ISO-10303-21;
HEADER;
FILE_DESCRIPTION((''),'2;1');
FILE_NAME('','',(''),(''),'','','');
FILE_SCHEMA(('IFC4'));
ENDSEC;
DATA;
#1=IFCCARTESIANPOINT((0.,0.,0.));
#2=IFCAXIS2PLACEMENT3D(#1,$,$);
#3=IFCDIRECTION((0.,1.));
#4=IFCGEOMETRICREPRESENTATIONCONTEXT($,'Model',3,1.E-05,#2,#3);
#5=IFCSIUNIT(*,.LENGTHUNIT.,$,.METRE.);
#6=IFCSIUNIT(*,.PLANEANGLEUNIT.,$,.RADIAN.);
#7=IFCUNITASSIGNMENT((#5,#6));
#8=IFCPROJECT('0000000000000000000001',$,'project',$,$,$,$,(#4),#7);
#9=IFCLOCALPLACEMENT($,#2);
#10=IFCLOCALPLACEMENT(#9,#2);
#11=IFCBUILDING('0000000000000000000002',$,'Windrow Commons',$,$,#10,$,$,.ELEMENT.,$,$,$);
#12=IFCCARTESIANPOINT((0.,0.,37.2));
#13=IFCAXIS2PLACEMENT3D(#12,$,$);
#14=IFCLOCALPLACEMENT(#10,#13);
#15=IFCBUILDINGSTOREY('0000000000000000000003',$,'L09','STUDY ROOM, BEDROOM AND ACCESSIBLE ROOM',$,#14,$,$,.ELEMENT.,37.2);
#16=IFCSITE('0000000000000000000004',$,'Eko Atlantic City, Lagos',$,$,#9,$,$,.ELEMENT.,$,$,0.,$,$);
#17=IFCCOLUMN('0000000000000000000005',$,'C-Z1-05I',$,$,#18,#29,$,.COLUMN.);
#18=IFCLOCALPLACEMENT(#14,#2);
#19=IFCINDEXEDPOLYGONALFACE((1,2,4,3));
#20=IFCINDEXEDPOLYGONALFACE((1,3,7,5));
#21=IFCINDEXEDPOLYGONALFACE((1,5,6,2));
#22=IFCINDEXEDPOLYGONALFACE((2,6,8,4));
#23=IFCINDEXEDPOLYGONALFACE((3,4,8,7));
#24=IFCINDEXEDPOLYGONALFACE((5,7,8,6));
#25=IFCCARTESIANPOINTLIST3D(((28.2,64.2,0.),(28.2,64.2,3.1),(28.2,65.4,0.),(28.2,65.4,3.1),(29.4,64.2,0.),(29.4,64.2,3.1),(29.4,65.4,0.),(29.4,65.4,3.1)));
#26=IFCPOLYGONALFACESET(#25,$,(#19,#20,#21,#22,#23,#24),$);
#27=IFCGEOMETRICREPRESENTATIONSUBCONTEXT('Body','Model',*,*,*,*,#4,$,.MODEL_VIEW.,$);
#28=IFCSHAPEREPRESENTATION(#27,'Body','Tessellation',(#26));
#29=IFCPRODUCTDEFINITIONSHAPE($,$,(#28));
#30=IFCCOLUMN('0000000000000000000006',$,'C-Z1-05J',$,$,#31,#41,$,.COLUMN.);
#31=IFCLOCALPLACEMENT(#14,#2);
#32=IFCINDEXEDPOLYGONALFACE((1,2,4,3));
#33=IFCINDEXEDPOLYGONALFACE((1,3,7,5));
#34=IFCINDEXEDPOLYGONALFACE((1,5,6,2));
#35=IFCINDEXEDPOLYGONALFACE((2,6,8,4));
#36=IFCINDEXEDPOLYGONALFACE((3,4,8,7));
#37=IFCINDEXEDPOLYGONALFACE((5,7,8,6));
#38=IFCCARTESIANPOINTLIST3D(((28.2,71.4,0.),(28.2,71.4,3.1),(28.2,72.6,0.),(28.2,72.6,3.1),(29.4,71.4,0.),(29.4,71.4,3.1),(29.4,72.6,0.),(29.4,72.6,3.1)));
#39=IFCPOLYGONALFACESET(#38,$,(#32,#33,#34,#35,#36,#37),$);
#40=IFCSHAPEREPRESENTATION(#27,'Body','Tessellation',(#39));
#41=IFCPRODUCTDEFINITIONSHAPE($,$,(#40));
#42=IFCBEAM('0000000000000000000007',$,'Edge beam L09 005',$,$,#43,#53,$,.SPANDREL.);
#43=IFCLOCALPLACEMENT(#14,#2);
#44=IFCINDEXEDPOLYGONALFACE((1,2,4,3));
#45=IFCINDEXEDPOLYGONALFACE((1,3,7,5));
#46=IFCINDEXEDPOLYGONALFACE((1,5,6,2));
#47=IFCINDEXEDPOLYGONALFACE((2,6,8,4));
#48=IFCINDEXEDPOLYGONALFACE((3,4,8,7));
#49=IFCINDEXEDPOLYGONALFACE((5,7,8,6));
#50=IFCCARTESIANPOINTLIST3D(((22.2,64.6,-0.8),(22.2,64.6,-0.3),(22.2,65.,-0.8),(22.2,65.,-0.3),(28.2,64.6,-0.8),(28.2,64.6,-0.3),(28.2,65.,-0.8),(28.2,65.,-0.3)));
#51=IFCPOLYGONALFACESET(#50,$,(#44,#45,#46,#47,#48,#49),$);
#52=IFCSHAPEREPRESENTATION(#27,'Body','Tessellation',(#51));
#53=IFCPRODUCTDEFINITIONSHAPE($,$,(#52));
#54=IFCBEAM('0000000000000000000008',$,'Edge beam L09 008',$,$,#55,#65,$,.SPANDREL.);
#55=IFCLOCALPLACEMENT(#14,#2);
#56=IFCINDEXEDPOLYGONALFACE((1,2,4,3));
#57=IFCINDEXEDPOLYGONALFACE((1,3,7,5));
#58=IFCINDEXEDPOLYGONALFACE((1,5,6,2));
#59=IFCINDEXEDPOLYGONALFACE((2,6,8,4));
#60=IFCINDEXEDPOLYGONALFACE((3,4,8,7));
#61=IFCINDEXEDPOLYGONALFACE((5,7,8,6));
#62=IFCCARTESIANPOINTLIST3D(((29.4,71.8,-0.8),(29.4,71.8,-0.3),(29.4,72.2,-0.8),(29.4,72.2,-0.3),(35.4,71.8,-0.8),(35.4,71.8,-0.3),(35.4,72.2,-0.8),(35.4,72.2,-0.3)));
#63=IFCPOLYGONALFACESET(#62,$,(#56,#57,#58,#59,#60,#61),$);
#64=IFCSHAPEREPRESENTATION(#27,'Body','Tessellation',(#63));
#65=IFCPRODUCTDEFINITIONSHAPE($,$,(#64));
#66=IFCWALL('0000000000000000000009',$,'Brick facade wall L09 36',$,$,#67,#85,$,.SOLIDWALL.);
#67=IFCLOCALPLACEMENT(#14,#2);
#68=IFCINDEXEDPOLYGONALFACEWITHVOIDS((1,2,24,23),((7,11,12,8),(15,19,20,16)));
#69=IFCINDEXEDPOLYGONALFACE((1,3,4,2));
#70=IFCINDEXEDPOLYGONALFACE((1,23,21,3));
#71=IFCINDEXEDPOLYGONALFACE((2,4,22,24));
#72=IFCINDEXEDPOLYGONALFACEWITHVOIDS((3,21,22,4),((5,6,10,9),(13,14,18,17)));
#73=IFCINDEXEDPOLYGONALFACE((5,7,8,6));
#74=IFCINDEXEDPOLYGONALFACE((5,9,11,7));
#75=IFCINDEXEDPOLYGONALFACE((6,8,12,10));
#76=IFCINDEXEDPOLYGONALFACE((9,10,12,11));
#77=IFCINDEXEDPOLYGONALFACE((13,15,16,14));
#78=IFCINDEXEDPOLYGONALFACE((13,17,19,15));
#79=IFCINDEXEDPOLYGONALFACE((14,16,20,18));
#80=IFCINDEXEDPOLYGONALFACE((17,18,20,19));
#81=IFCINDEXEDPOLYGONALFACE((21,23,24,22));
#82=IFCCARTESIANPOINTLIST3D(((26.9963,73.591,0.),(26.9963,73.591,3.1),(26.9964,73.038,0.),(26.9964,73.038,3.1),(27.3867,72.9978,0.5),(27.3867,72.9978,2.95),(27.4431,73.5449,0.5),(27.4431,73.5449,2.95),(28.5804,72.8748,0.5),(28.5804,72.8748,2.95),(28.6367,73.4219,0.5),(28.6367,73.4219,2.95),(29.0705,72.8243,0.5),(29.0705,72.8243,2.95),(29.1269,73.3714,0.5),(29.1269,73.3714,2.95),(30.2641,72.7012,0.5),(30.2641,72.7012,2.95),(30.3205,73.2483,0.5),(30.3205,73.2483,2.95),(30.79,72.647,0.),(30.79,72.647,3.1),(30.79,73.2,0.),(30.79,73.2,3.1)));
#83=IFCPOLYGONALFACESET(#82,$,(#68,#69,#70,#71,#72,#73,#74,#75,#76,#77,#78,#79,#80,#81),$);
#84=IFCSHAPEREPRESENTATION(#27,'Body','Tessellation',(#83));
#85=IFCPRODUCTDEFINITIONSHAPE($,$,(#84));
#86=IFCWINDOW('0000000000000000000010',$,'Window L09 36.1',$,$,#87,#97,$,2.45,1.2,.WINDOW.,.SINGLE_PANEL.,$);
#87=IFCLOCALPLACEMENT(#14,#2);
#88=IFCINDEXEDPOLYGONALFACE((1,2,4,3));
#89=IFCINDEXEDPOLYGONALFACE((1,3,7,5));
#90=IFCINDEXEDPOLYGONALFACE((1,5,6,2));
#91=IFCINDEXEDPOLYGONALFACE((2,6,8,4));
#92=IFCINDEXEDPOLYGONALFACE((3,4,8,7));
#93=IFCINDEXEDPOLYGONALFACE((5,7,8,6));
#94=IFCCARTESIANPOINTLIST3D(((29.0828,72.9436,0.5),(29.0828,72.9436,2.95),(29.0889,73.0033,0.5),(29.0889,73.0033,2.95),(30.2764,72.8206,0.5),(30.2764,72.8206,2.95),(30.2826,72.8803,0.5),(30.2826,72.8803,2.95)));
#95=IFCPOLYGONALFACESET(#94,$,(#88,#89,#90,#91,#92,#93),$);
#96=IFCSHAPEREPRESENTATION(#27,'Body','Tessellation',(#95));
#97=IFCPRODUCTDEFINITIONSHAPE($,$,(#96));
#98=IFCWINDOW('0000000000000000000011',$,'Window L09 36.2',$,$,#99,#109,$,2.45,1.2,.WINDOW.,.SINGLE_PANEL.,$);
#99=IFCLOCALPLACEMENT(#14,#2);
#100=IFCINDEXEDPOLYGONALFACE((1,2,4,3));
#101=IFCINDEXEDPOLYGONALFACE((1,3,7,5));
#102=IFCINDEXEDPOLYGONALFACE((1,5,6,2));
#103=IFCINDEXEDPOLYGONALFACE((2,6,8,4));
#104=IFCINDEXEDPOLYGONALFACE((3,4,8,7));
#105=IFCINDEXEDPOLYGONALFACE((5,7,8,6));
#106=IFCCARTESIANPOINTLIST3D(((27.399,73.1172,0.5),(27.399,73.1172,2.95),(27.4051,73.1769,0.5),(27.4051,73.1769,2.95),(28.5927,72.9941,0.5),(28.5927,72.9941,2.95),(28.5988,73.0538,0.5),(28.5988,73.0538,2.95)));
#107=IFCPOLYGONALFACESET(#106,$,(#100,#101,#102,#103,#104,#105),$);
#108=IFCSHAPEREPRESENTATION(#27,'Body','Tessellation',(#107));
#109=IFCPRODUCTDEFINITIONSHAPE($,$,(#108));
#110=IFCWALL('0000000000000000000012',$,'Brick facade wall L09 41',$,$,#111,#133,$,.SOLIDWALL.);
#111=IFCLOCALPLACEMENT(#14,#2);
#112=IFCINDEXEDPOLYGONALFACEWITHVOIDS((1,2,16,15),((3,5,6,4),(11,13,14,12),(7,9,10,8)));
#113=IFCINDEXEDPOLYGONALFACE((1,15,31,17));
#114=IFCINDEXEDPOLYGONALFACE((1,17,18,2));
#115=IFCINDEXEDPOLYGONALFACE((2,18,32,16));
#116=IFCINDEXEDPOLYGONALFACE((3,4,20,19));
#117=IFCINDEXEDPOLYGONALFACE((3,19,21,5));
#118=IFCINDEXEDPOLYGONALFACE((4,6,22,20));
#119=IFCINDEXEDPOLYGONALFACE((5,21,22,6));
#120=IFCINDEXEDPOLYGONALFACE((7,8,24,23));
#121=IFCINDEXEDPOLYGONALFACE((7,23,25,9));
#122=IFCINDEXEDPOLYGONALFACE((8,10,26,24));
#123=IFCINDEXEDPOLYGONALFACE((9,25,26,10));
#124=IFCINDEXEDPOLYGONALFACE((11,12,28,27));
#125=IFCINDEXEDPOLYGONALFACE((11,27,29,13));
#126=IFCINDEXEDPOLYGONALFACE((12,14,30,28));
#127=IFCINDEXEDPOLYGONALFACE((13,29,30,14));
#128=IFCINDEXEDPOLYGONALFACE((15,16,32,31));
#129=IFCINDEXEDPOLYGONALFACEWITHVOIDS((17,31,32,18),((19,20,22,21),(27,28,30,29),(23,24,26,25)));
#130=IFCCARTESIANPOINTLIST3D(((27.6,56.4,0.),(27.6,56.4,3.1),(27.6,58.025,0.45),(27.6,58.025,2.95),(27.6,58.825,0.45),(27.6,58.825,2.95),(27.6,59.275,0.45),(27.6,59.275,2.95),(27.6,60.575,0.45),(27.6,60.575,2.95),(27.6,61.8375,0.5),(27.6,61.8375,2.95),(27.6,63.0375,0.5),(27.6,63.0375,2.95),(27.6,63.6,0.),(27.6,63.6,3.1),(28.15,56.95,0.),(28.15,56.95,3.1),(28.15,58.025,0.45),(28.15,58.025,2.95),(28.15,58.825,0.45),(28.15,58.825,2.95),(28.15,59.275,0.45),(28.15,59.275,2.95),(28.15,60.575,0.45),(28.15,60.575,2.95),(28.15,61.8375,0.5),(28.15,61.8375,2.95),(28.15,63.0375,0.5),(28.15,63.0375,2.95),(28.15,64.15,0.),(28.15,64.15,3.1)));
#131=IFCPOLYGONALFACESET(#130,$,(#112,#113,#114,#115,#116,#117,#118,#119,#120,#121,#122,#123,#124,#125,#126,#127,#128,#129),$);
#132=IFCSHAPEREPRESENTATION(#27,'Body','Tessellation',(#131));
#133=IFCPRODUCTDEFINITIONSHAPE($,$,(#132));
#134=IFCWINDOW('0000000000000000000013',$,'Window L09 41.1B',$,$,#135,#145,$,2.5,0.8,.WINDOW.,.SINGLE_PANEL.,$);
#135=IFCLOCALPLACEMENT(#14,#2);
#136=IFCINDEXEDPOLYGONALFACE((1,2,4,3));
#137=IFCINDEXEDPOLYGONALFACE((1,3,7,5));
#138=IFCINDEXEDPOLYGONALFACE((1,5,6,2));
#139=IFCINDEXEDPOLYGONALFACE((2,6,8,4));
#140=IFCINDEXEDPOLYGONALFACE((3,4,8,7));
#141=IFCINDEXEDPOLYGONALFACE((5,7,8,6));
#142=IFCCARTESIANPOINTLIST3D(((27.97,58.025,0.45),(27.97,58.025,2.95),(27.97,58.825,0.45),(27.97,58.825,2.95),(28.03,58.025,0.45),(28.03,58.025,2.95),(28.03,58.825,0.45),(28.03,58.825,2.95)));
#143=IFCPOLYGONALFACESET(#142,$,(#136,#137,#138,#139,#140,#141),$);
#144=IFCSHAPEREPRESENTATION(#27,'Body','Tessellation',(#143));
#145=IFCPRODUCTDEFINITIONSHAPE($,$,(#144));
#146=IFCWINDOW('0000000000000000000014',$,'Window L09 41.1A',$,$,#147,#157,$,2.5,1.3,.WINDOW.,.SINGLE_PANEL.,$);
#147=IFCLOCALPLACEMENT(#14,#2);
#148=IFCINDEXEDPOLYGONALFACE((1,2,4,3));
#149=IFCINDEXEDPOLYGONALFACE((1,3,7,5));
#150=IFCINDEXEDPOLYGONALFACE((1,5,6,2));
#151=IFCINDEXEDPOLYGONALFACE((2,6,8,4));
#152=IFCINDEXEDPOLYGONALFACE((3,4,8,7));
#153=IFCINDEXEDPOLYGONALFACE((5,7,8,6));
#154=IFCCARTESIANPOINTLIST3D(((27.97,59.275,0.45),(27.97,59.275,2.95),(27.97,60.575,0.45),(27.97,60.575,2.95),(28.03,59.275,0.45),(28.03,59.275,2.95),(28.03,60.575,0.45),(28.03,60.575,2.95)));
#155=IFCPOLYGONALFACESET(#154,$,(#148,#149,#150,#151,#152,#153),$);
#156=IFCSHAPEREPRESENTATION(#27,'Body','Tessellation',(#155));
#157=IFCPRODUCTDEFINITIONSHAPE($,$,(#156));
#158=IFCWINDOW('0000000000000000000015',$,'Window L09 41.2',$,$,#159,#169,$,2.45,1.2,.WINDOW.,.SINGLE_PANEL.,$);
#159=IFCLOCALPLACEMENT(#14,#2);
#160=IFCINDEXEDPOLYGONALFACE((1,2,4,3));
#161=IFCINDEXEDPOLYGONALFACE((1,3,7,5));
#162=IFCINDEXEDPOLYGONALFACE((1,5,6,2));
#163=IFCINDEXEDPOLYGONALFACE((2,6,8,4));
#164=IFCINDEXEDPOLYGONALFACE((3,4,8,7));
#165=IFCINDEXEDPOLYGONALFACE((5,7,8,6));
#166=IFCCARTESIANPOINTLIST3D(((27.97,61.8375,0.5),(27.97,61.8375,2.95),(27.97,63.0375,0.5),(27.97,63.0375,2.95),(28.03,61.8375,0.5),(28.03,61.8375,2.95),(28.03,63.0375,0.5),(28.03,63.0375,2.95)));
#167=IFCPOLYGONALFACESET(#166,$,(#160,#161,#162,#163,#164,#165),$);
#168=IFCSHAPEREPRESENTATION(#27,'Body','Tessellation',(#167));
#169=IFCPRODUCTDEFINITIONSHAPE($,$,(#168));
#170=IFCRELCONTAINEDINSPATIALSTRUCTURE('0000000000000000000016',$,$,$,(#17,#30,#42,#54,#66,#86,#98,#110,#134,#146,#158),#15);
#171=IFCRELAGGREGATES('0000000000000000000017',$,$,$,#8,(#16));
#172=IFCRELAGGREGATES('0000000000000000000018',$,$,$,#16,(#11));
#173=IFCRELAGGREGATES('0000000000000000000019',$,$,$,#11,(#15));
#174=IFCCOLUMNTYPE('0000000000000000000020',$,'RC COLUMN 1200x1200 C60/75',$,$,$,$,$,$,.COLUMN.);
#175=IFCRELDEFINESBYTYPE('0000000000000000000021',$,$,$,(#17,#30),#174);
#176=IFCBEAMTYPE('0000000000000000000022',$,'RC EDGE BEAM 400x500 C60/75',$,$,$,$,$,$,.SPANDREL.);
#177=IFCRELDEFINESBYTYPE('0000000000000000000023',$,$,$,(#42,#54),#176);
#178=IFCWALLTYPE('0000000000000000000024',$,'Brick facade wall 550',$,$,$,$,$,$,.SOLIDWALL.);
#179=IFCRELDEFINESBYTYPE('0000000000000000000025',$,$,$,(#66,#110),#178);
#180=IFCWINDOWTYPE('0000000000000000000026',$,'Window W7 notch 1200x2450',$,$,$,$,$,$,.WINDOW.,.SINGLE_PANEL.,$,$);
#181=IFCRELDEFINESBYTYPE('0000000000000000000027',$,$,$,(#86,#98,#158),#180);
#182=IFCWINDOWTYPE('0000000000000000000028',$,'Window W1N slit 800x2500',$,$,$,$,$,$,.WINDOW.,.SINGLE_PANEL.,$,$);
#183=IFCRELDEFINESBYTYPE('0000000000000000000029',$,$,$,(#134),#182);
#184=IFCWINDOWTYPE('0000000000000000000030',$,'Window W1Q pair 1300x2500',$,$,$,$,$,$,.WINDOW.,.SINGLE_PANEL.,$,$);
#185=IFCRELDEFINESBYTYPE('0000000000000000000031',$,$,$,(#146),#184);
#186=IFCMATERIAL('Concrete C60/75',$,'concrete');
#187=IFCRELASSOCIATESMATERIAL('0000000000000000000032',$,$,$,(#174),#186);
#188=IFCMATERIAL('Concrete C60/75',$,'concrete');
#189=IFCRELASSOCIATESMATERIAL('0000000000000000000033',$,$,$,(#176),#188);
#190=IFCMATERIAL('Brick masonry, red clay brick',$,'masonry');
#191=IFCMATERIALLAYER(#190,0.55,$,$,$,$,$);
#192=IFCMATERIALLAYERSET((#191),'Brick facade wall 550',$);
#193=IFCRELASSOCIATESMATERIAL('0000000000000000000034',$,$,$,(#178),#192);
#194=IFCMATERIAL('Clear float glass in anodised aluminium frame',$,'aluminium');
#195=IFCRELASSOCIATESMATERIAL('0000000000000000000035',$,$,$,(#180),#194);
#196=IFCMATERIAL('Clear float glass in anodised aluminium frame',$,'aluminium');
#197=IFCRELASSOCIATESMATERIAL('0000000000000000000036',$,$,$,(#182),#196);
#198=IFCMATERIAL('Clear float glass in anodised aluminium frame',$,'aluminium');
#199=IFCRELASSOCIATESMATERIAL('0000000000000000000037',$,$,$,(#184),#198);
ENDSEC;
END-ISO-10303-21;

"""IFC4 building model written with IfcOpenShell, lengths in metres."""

from ifc_helpers import new_model, si_unit, direction, frame, frame_2d, origin, origin_2d, place, context, subcontext, project, spatial, polyline, rectangle, outline, extrude, material, layer, layer_set, material_profile, profile_set, type_object, element, fill, save


model = new_model("IFC4")

# Units and contexts
model_context = context("Model", 3, precision=1e-05, world=origin(), true_north=direction((0.0, 1.0)))
body_context = subcontext(model_context, "Body", "Model", "MODEL_VIEW")
ifc_project = project(units=[si_unit("LENGTHUNIT", "METRE"), si_unit("PLANEANGLEUNIT", "RADIAN")], contexts=[model_context])

# Site, building, storey
site_placement = place(None, origin())
site = spatial("IfcSite", under=ifc_project, at=site_placement, Name="Eko Atlantic City, Lagos", CompositionType="ELEMENT", RefElevation=0.0)
building_placement = place(site_placement, origin())
building = spatial("IfcBuilding", under=site, at=building_placement, Name="Windrow Commons", CompositionType="ELEMENT")
storey_placement = place(building_placement, frame((0.0, 0.0, 37.2)))
storey = spatial("IfcBuildingStorey", under=building, at=storey_placement, Name="L09", Description="STUDY ROOM, BEDROOM AND ACCESSIBLE ROOM", CompositionType="ELEMENT", Elevation=37.2)

# Columns
ifc_material_1 = material(Name="Concrete C60/75", Category="concrete")
ifc_material_profile_1 = material_profile(ifc_material_1, rectangle(XDim=1.2, YDim=1.2, at=origin_2d()))
ifc_profile_set_1 = profile_set([ifc_material_profile_1], Name="Concrete C60/75")
column_type = type_object("IfcColumnType", Name="RC COLUMN 1200x1200 C60/75", PredefinedType="COLUMN", material=ifc_profile_set_1)
for number, where, z_axis, x_axis, name in (
    (1, (28.8, 64.8, 0.0), (0.0, 0.0, 1.0), (1.0, 0.0, 0.0), "C-Z1-05I"),
    (2, (28.8, 72.0, 0.0), (0.0, 0.0, 1.0), (1.0, 0.0, 0.0), "C-Z1-05J"),
):
    element("IfcColumn", number, at=place(storey_placement, frame(where, z_axis=z_axis, x_axis=x_axis)), inside=storey, type_object=column_type, Name=name, PredefinedType="COLUMN", context=body_context, shape_type="SweptSolid", body=[
        extrude(rectangle(XDim=1.2, YDim=1.2, at=origin_2d()), origin(), (0.0, 0.0, 1.0), 3.1),
    ])

# Beams
ifc_material_2 = material(Name="Concrete C60/75", Category="concrete")
ifc_material_profile_2 = material_profile(ifc_material_2, rectangle(XDim=0.4, YDim=0.5, at=origin_2d()))
ifc_profile_set_2 = profile_set([ifc_material_profile_2], Name="Concrete C60/75")
beam_type = type_object("IfcBeamType", Name="RC EDGE BEAM 400x500 C60/75", PredefinedType="SPANDREL", material=ifc_profile_set_2)
for number, where, z_axis, x_axis, name in (
    (3, (28.2, 64.8, -0.55), (-1.0, 0.0, 0.0), (0.0, -1.0, 0.0), "Edge beam L09 005"),
    (4, (29.4, 72.0, -0.55), (1.0, 0.0, 0.0), (0.0, 1.0, 0.0), "Edge beam L09 008"),
):
    element("IfcBeam", number, at=place(storey_placement, frame(where, z_axis=z_axis, x_axis=x_axis)), inside=storey, type_object=beam_type, Name=name, PredefinedType="SPANDREL", context=body_context, shape_type="SweptSolid", body=[
        extrude(rectangle(XDim=0.4, YDim=0.5, at=origin_2d()), origin(), (0.0, 0.0, 1.0), 6.0),
    ])

# Walls, openings, windows
ifc_material_3 = material(Name="Brick masonry, red clay brick", Category="masonry")
ifc_layer_1 = layer(ifc_material_3, 0.55)
ifc_layer_set_1 = layer_set([ifc_layer_1], Name="Brick facade wall 550")
wall_type_1 = type_object("IfcWallType", Name="Brick facade wall 550", PredefinedType="SOLIDWALL", material=ifc_layer_set_1)
wall_1_placement = place(storey_placement, frame((30.79, 72.9235, 0.0), z_axis=(0.0, 0.0, 1.0), x_axis=(-0.994731, 0.102523, 0.0)))
wall_1 = element("IfcWall", 5, at=wall_1_placement, inside=storey, type_object=wall_type_1, Name="Brick facade wall L09 36", PredefinedType="SOLIDWALL", context=body_context, shape_type="SweptSolid", body=[
    extrude(outline(polyline([(0.0283, -0.275), (3.8421, -0.275), (3.7854, 0.275), (-0.0283, 0.275), (0.0283, -0.275)])), origin(), (0.0, 0.0, 1.0), 3.1),
])
opening_1_placement = place(wall_1_placement, frame((0.5003, 0.0, 0.5)))
opening_1 = element("IfcOpeningElement", 6, at=opening_1_placement, cuts=wall_1, PredefinedType="OPENING", context=body_context, shape_type="SweptSolid", body=[
    extrude(rectangle(XDim=1.2, YDim=2.45, at=frame_2d((0.6, 1.225))), frame((0.0, 0.285, 0.0), z_axis=(0.0, -1.0, 0.0), x_axis=(1.0, 0.0, 0.0)), (0.0, 0.0, 1.0), 0.57),
])
opening_2_placement = place(wall_1_placement, frame((2.193, 0.0, 0.5)))
opening_2 = element("IfcOpeningElement", 7, at=opening_2_placement, cuts=wall_1, PredefinedType="OPENING", context=body_context, shape_type="SweptSolid", body=[
    extrude(rectangle(XDim=1.2, YDim=2.45, at=frame_2d((0.6, 1.225))), frame((0.0, 0.285, 0.0), z_axis=(0.0, -1.0, 0.0), x_axis=(1.0, 0.0, 0.0)), (0.0, 0.0, 1.0), 0.57),
])
ifc_material_4 = material(Name="Clear float glass in anodised aluminium frame", Category="aluminium")
window_type_1 = type_object("IfcWindowType", Name="Window W7 notch 1200x2450", PartitioningType="SINGLE_PANEL", PredefinedType="WINDOW", material=ifc_material_4)
window_1_placement = place(opening_1_placement, origin())
window_1 = element("IfcWindow", 8, at=window_1_placement, inside=storey, type_object=window_type_1, Name="Window L09 36.1", OverallHeight=2.45, OverallWidth=1.2, PartitioningType="SINGLE_PANEL", PredefinedType="WINDOW", context=body_context, shape_type="SweptSolid", body=[
    extrude(rectangle(XDim=1.2, YDim=2.45, at=frame_2d((0.6, 1.225))), frame((0.0, 0.155, 0.0), z_axis=(0.0, -1.0, 0.0), x_axis=(1.0, 0.0, 0.0)), (0.0, 0.0, 1.0), 0.06),
])
fill(opening_1, window_1)
window_2_placement = place(opening_2_placement, origin())
window_2 = element("IfcWindow", 9, at=window_2_placement, inside=storey, type_object=window_type_1, Name="Window L09 36.2", OverallHeight=2.45, OverallWidth=1.2, PartitioningType="SINGLE_PANEL", PredefinedType="WINDOW", context=body_context, shape_type="SweptSolid", body=[
    extrude(rectangle(XDim=1.2, YDim=2.45, at=frame_2d((0.6, 1.225))), frame((0.0, 0.155, 0.0), z_axis=(0.0, -1.0, 0.0), x_axis=(1.0, 0.0, 0.0)), (0.0, 0.0, 1.0), 0.06),
])
fill(opening_2, window_2)
wall_2_placement = place(storey_placement, frame((27.875, 63.875, 0.0), z_axis=(0.0, 0.0, 1.0), x_axis=(0.0, -1.0, 0.0)))
wall_2 = element("IfcWall", 10, at=wall_2_placement, inside=storey, type_object=wall_type_1, Name="Brick facade wall L09 41", PredefinedType="SOLIDWALL", context=body_context, shape_type="SweptSolid", body=[
    extrude(outline(polyline([(0.275, -0.275), (7.475, -0.275), (6.925, 0.275), (-0.275, 0.275), (0.275, -0.275)])), origin(), (0.0, 0.0, 1.0), 3.1),
])
opening_3_placement = place(wall_2_placement, frame((0.8375, 0.0, 0.5)))
opening_3 = element("IfcOpeningElement", 11, at=opening_3_placement, cuts=wall_2, PredefinedType="OPENING", context=body_context, shape_type="SweptSolid", body=[
    extrude(rectangle(XDim=1.2, YDim=2.45, at=frame_2d((0.6, 1.225))), frame((0.0, 0.285, 0.0), z_axis=(0.0, -1.0, 0.0), x_axis=(1.0, 0.0, 0.0)), (0.0, 0.0, 1.0), 0.57),
])
opening_4_placement = place(wall_2_placement, frame((3.3, 0.0, 0.45)))
opening_4 = element("IfcOpeningElement", 12, at=opening_4_placement, cuts=wall_2, PredefinedType="OPENING", context=body_context, shape_type="SweptSolid", body=[
    extrude(rectangle(XDim=1.3, YDim=2.5, at=frame_2d((0.65, 1.25))), frame((0.0, 0.285, 0.0), z_axis=(0.0, -1.0, 0.0), x_axis=(1.0, 0.0, 0.0)), (0.0, 0.0, 1.0), 0.57),
])
opening_5_placement = place(wall_2_placement, frame((5.05, 0.0, 0.45)))
opening_5 = element("IfcOpeningElement", 13, at=opening_5_placement, cuts=wall_2, PredefinedType="OPENING", context=body_context, shape_type="SweptSolid", body=[
    extrude(rectangle(XDim=0.8, YDim=2.5, at=frame_2d((0.4, 1.25))), frame((0.0, 0.285, 0.0), z_axis=(0.0, -1.0, 0.0), x_axis=(1.0, 0.0, 0.0)), (0.0, 0.0, 1.0), 0.57),
])
ifc_material_5 = material(Name="Clear float glass in anodised aluminium frame", Category="aluminium")
window_type_2 = type_object("IfcWindowType", Name="Window W1N slit 800x2500", PartitioningType="SINGLE_PANEL", PredefinedType="WINDOW", material=ifc_material_5)
window_3_placement = place(opening_5_placement, origin())
window_3 = element("IfcWindow", 14, at=window_3_placement, inside=storey, type_object=window_type_2, Name="Window L09 41.1B", OverallHeight=2.5, OverallWidth=0.8, PartitioningType="SINGLE_PANEL", PredefinedType="WINDOW", context=body_context, shape_type="SweptSolid", body=[
    extrude(rectangle(XDim=0.8, YDim=2.5, at=frame_2d((0.4, 1.25))), frame((0.0, 0.155, 0.0), z_axis=(0.0, -1.0, 0.0), x_axis=(1.0, 0.0, 0.0)), (0.0, 0.0, 1.0), 0.06),
])
fill(opening_5, window_3)
ifc_material_6 = material(Name="Clear float glass in anodised aluminium frame", Category="aluminium")
window_type_3 = type_object("IfcWindowType", Name="Window W1Q pair 1300x2500", PartitioningType="SINGLE_PANEL", PredefinedType="WINDOW", material=ifc_material_6)
window_4_placement = place(opening_4_placement, origin())
window_4 = element("IfcWindow", 15, at=window_4_placement, inside=storey, type_object=window_type_3, Name="Window L09 41.1A", OverallHeight=2.5, OverallWidth=1.3, PartitioningType="SINGLE_PANEL", PredefinedType="WINDOW", context=body_context, shape_type="SweptSolid", body=[
    extrude(rectangle(XDim=1.3, YDim=2.5, at=frame_2d((0.65, 1.25))), frame((0.0, 0.155, 0.0), z_axis=(0.0, -1.0, 0.0), x_axis=(1.0, 0.0, 0.0)), (0.0, 0.0, 1.0), 0.06),
])
fill(opening_4, window_4)
window_5_placement = place(opening_3_placement, origin())
window_5 = element("IfcWindow", 16, at=window_5_placement, inside=storey, type_object=window_type_1, Name="Window L09 41.2", OverallHeight=2.45, OverallWidth=1.2, PartitioningType="SINGLE_PANEL", PredefinedType="WINDOW", context=body_context, shape_type="SweptSolid", body=[
    extrude(rectangle(XDim=1.2, YDim=2.45, at=frame_2d((0.6, 1.225))), frame((0.0, 0.155, 0.0), z_axis=(0.0, -1.0, 0.0), x_axis=(1.0, 0.0, 0.0)), (0.0, 0.0, 1.0), 0.06),
])
fill(opening_3, window_5)

save(model, "model.ifc")
